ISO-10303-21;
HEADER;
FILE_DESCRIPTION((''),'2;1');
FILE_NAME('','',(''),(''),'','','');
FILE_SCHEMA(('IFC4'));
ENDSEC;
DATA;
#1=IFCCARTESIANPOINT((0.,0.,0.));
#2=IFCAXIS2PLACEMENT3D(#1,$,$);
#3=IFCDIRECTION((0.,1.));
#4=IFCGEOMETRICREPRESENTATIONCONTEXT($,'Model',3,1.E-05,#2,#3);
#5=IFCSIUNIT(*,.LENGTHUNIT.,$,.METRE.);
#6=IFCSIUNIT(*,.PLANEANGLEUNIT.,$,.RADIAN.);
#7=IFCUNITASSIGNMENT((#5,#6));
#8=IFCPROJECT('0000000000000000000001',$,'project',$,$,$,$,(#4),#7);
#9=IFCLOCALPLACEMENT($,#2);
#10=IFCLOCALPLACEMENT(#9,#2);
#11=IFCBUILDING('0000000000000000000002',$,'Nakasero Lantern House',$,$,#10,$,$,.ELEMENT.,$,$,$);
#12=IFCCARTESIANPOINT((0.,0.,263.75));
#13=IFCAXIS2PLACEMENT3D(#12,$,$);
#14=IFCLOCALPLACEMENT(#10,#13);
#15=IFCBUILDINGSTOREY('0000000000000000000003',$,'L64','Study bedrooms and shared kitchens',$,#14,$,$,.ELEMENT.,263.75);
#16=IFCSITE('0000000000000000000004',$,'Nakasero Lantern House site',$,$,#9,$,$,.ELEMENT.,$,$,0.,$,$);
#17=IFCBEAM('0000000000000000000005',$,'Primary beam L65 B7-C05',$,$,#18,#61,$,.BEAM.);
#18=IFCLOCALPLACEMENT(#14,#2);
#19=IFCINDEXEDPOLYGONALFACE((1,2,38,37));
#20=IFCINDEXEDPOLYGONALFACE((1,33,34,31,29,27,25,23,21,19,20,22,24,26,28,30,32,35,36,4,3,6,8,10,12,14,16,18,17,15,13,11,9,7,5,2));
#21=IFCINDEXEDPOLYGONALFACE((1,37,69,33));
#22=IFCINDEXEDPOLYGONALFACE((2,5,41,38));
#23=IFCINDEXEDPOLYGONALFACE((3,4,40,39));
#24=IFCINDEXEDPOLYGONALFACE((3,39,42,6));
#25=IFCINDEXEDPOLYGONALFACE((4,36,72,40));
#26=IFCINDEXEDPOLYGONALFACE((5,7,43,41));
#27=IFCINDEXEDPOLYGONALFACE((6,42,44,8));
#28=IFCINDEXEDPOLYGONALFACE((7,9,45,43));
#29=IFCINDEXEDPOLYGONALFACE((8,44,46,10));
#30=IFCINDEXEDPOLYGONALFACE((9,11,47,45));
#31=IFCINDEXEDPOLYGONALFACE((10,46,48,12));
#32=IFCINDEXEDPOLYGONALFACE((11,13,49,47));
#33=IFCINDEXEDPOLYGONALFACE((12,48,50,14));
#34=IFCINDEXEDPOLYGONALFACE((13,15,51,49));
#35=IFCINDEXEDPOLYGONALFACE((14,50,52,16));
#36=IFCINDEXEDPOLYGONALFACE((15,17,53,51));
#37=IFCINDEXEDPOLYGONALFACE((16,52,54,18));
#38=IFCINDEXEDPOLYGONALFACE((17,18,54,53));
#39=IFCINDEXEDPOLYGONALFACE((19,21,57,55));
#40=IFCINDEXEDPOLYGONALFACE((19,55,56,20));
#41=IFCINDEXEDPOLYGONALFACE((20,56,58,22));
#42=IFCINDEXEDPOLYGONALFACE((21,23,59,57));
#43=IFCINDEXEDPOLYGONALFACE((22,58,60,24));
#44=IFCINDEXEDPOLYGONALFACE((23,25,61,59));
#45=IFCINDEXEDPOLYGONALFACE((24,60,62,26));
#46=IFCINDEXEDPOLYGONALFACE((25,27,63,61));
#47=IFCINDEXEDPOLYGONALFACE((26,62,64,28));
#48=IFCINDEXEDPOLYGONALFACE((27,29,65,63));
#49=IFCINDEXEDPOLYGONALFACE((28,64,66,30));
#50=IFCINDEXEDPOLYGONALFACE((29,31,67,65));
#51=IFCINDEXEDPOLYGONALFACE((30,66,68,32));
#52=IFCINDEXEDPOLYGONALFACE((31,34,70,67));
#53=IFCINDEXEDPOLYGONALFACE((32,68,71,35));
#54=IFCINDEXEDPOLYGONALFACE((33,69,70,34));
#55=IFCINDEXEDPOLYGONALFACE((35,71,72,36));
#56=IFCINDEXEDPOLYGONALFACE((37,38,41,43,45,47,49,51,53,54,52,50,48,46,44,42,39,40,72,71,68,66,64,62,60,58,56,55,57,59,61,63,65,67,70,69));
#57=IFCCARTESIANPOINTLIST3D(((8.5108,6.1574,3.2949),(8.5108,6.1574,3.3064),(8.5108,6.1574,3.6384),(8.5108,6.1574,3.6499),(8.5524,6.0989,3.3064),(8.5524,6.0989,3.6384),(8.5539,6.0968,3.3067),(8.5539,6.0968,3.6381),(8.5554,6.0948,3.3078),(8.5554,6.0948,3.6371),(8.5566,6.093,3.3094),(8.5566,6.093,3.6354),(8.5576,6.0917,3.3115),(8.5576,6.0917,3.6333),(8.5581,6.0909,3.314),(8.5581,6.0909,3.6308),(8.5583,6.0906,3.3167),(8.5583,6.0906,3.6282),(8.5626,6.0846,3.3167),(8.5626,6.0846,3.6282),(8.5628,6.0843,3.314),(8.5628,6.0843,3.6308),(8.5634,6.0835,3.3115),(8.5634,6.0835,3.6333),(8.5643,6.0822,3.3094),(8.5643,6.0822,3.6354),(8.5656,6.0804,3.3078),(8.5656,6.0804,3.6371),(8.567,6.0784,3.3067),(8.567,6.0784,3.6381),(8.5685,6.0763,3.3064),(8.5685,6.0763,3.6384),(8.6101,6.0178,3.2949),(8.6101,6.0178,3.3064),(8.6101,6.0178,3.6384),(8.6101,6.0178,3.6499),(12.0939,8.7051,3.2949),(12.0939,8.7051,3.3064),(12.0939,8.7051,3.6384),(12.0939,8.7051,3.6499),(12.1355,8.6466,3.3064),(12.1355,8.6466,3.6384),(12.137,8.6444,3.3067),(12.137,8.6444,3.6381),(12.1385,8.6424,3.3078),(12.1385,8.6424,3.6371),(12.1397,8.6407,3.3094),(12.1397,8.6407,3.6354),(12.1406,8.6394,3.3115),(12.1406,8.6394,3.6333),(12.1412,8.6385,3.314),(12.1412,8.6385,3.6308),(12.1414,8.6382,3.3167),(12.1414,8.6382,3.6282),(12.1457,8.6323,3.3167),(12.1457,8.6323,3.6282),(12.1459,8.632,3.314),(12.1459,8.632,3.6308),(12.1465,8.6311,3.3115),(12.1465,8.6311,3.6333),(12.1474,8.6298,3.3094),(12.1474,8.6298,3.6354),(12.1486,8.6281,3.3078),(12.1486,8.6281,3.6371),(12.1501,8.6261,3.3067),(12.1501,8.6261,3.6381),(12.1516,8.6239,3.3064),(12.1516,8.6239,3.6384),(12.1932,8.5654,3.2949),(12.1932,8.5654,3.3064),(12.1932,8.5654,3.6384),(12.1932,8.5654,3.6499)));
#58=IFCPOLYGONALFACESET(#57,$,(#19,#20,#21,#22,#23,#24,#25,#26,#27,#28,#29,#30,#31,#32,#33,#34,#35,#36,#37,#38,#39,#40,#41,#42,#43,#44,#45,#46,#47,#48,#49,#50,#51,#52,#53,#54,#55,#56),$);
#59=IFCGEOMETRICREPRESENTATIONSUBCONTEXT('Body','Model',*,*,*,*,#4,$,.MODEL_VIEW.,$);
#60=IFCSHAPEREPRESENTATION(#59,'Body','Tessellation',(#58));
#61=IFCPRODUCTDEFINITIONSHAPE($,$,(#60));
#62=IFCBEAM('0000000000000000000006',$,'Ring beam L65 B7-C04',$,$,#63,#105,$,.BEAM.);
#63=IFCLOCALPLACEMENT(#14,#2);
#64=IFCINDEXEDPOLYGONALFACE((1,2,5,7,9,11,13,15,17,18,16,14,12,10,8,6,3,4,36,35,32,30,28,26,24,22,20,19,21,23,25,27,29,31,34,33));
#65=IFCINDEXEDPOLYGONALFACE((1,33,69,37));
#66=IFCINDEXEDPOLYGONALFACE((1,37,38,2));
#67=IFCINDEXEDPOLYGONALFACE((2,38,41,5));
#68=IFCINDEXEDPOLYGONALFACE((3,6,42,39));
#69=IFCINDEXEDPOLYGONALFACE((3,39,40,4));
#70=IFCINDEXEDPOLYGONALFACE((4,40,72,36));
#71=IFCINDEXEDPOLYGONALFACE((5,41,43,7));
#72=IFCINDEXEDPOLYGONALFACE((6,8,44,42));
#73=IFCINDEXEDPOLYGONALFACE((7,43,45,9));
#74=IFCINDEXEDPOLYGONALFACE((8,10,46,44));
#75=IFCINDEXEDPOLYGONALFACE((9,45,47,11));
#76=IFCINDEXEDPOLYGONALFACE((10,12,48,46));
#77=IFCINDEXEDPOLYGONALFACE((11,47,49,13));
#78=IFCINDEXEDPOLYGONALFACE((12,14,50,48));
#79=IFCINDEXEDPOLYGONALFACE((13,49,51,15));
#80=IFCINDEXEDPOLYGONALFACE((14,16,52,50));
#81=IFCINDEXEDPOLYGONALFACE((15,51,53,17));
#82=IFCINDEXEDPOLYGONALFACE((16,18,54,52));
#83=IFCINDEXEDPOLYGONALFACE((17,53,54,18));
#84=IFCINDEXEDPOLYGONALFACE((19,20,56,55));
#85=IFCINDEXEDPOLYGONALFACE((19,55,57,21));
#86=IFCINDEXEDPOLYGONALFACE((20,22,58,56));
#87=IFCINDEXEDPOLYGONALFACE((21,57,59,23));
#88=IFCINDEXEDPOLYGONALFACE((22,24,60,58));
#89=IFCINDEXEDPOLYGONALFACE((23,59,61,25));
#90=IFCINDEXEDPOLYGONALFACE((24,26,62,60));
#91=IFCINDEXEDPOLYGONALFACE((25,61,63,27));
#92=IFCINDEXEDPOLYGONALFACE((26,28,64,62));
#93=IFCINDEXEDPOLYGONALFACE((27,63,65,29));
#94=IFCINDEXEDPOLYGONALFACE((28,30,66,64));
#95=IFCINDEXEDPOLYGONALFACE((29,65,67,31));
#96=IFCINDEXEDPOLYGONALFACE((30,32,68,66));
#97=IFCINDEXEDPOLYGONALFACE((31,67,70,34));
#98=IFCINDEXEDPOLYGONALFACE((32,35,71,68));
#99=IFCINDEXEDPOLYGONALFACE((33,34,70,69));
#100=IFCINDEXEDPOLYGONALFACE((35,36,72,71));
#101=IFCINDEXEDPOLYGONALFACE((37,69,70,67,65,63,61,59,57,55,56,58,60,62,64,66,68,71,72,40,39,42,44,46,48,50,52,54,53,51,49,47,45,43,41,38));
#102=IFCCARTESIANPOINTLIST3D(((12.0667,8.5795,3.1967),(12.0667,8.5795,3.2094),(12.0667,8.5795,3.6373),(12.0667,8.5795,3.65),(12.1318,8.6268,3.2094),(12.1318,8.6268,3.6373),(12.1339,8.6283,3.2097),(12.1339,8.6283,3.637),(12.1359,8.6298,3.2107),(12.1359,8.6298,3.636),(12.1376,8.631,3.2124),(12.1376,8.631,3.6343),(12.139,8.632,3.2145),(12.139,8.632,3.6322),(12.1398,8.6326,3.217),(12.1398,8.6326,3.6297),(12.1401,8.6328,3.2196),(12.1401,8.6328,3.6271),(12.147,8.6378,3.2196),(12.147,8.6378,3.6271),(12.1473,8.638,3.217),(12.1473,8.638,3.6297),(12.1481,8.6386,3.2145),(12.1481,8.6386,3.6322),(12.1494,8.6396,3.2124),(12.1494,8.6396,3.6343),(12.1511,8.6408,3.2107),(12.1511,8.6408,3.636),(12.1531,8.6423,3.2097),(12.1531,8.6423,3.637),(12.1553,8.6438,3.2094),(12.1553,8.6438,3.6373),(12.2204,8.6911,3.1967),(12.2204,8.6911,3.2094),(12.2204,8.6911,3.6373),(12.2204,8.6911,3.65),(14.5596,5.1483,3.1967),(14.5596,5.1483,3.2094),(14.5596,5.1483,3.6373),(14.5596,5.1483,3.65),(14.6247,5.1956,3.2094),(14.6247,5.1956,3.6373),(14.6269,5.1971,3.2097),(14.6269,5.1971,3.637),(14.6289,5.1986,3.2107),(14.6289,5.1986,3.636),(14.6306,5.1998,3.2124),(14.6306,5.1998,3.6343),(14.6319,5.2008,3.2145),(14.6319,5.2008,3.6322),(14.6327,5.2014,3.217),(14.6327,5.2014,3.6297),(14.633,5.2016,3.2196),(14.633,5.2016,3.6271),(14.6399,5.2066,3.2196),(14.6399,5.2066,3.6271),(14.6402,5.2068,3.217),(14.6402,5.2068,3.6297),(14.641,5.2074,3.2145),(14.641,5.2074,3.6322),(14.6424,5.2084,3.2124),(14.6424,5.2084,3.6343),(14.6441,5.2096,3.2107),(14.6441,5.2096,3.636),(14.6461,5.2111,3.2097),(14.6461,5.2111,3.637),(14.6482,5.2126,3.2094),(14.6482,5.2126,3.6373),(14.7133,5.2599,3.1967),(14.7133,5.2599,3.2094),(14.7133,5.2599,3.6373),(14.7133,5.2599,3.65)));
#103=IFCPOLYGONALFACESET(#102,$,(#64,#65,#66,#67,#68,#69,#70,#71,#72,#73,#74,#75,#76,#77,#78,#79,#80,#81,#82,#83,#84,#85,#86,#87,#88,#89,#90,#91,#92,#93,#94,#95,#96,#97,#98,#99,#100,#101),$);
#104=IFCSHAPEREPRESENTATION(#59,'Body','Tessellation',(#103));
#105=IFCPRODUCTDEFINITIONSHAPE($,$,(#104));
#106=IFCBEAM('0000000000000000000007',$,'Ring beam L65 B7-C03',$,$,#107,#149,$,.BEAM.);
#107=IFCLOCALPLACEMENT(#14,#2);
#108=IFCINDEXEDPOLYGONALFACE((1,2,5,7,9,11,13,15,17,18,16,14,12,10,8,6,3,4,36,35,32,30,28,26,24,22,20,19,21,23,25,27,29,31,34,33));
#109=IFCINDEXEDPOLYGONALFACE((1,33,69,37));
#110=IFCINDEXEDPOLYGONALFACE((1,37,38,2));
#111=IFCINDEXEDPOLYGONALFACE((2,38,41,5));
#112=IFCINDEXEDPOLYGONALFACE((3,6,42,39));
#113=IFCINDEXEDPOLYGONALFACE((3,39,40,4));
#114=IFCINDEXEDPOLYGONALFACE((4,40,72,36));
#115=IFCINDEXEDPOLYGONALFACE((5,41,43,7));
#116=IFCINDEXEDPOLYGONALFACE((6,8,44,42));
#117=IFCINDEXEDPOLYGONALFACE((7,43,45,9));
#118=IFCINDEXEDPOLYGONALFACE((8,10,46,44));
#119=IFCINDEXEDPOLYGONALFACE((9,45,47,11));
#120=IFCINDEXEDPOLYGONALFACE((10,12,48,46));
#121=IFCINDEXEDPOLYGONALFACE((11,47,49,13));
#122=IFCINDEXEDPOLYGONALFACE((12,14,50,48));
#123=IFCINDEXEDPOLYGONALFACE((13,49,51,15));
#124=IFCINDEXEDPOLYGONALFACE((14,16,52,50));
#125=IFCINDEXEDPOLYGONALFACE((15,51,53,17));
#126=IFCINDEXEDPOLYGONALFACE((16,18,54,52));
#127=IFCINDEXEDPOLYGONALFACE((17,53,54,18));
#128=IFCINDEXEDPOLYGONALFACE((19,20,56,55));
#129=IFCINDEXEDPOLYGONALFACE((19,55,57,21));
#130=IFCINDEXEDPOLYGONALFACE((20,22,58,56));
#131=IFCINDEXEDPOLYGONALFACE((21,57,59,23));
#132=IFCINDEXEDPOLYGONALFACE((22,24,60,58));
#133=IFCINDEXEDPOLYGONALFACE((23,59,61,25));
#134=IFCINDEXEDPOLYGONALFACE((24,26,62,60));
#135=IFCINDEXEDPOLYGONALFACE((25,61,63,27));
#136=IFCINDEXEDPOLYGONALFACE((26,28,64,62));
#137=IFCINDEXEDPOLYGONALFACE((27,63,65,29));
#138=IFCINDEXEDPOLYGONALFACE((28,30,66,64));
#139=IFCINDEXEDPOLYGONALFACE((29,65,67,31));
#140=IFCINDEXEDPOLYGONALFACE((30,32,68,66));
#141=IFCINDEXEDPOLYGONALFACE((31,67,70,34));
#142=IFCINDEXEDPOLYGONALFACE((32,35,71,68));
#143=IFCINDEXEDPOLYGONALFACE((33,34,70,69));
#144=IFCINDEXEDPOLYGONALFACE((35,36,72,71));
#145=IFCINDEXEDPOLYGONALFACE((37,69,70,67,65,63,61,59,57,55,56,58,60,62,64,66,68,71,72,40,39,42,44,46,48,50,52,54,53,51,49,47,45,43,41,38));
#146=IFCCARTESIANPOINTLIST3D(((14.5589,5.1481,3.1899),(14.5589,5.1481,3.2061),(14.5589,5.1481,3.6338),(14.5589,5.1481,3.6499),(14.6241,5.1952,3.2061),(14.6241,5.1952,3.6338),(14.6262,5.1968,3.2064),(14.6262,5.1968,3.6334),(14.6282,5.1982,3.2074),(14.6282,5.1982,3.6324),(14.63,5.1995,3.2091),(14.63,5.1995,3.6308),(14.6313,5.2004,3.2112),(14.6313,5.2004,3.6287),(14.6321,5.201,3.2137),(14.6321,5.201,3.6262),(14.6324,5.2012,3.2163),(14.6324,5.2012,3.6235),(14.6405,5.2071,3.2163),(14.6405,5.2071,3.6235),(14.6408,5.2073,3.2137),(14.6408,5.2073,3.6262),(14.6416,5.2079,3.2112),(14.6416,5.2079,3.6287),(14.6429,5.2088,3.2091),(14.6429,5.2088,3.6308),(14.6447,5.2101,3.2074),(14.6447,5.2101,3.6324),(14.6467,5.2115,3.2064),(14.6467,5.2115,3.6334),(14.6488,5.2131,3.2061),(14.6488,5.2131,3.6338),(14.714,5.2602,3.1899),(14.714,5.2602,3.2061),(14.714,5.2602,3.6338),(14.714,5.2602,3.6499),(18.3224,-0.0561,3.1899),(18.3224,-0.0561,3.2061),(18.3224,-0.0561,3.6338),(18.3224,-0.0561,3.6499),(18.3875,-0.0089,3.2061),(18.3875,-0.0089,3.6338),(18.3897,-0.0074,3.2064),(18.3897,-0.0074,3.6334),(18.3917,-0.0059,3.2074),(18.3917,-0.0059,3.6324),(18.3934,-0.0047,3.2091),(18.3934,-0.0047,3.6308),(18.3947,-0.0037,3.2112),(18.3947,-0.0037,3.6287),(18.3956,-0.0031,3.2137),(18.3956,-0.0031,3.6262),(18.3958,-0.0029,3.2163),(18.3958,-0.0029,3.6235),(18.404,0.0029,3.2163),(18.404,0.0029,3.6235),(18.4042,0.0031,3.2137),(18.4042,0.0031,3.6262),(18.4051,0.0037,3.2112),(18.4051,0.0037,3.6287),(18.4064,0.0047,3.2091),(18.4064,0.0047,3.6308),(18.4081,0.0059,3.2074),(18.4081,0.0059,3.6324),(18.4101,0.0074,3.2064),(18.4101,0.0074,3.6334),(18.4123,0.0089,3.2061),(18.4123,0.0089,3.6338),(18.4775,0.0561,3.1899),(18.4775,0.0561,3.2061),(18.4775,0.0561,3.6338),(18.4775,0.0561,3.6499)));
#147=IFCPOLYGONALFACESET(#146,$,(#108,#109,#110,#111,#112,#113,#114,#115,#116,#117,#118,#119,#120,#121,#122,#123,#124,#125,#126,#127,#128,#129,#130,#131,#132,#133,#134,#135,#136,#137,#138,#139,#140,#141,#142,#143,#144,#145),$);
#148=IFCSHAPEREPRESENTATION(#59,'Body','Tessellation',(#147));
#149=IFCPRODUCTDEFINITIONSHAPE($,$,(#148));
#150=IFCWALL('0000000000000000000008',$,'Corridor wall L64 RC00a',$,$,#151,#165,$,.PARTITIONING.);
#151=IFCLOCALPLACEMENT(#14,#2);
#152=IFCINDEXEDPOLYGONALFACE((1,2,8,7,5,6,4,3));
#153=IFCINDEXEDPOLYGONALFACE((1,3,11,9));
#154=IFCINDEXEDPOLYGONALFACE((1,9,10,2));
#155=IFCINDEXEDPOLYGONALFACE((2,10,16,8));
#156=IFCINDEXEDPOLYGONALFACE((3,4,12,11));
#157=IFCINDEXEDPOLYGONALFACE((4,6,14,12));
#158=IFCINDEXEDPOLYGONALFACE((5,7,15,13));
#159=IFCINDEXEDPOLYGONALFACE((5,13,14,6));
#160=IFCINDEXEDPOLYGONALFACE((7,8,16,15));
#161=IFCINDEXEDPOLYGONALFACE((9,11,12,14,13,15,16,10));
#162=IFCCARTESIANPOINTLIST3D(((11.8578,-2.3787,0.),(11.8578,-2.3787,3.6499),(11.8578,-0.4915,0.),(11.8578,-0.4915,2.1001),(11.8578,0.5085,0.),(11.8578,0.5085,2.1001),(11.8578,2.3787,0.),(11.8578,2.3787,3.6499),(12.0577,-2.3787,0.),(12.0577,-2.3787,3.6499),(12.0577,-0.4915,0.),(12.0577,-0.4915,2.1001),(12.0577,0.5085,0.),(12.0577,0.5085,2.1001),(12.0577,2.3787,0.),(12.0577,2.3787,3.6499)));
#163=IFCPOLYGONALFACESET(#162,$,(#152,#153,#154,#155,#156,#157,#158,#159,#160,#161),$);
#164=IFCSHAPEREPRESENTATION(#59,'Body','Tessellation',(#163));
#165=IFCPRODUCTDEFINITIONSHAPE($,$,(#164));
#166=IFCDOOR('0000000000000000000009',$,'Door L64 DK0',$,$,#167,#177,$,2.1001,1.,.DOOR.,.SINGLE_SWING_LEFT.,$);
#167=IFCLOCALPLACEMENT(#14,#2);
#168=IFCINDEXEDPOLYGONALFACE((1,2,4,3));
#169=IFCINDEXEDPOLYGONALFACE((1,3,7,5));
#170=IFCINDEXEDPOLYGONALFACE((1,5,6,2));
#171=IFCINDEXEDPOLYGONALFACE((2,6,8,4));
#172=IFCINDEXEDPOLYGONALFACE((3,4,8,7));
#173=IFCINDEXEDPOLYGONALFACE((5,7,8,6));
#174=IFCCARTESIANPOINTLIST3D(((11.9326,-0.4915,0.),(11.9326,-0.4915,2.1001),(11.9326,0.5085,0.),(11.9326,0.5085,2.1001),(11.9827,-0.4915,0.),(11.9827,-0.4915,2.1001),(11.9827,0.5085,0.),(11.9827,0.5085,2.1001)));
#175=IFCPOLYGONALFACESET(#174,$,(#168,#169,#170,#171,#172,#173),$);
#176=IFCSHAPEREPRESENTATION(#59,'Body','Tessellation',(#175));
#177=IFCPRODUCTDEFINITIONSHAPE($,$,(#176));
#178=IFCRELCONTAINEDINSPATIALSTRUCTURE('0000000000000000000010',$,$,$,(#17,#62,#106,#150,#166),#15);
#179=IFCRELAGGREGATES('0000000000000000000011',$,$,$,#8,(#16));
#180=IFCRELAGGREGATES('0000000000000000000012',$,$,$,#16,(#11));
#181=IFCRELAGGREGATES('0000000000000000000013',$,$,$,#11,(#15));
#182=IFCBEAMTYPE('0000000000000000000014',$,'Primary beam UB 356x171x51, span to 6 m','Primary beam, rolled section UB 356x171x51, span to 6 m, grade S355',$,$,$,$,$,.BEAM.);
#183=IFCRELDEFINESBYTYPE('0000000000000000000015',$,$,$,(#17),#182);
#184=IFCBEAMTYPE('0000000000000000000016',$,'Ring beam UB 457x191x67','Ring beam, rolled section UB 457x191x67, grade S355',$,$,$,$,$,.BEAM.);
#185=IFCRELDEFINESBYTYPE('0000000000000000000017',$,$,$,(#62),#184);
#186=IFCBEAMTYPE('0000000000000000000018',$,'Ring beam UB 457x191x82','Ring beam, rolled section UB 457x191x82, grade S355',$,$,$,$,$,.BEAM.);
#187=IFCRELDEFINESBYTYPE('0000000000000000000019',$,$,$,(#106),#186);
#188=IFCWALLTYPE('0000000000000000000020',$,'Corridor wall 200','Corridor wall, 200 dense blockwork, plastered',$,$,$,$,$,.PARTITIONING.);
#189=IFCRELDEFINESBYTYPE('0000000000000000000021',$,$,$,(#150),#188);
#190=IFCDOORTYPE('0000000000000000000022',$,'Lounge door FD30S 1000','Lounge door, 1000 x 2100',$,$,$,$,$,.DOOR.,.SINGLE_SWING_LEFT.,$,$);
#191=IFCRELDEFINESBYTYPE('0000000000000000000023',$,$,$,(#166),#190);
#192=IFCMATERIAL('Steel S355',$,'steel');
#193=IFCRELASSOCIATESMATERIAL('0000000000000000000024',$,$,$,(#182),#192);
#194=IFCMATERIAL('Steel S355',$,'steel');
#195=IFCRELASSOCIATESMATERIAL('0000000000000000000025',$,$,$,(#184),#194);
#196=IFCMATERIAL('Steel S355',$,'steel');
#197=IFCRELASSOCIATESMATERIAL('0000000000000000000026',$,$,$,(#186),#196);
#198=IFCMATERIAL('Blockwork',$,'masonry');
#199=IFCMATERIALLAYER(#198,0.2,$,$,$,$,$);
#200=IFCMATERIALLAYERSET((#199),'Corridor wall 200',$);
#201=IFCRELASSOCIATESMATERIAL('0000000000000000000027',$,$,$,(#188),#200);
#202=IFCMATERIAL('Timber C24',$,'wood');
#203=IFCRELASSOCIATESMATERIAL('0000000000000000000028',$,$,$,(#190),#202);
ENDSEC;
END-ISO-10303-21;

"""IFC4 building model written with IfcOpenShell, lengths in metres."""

from ifc_helpers import new_model, si_unit, direction, frame, frame_2d, origin, origin_2d, place, context, subcontext, project, spatial, rectangle, i_section, extrude, material, layer, layer_set, material_profile, profile_set, type_object, element, fill, save


model = new_model("IFC4")

# Units and contexts
model_context = context("Model", 3, precision=1e-05, world=origin(), true_north=direction((0.0, 1.0)))
body_context = subcontext(model_context, "Body", "Model", "MODEL_VIEW")
ifc_project = project(units=[si_unit("LENGTHUNIT", "METRE"), si_unit("PLANEANGLEUNIT", "RADIAN")], contexts=[model_context])

# Site, building, storey
site_placement = place(None, origin())
site = spatial("IfcSite", under=ifc_project, at=site_placement, Name="Nakasero Lantern House site", CompositionType="ELEMENT", RefElevation=0.0)
building_placement = place(site_placement, origin())
building = spatial("IfcBuilding", under=site, at=building_placement, Name="Nakasero Lantern House", CompositionType="ELEMENT")
storey_placement = place(building_placement, frame((0.0, 0.0, 263.75)))
storey = spatial("IfcBuildingStorey", under=building, at=storey_placement, Name="L64", Description="Study bedrooms and shared kitchens", CompositionType="ELEMENT", Elevation=263.75)

# Beams
ifc_material_1 = material(Name="Steel S355", Category="steel")
ifc_material_profile_1 = material_profile(ifc_material_1, i_section(OverallWidth=0.1714, OverallDepth=0.355, WebThickness=0.0073, FlangeThickness=0.0115, FilletRadius=0.0103, at=origin_2d()), Name="UB 356x171x51")
ifc_profile_set_1 = profile_set([ifc_material_profile_1], Name="Steel S355")
beam_type_1 = type_object("IfcBeamType", Name="Primary beam UB 356x171x51, span to 6 m", Description="Primary beam, rolled section UB 356x171x51, span to 6 m, grade S355", PredefinedType="BEAM", material=ifc_profile_set_1)
beam_1_placement = place(storey_placement, frame((12.1436, 8.6353, 3.4724), z_axis=(-0.814989, -0.579477, 0.0), x_axis=(0.579477, -0.814989, 0.0)))
element("IfcBeam", 1, at=beam_1_placement, inside=storey, type_object=beam_type_1, Name="Primary beam L65 B7-C05", PredefinedType="BEAM", context=body_context, shape_type="SweptSolid", body=[
    extrude(i_section(OverallWidth=0.1714, OverallDepth=0.355, WebThickness=0.0073, FlangeThickness=0.0115, FilletRadius=0.0103, at=origin_2d()), origin(), (0.0, 0.0, 1.0), 4.3965),
])
ifc_material_2 = material(Name="Steel S355", Category="steel")
ifc_material_profile_2 = material_profile(ifc_material_2, i_section(OverallWidth=0.1899, OverallDepth=0.4534, WebThickness=0.0085, FlangeThickness=0.0127, FilletRadius=0.0103, at=origin_2d()), Name="UB 457x191x67")
ifc_profile_set_2 = profile_set([ifc_material_profile_2], Name="Steel S355")
beam_type_2 = type_object("IfcBeamType", Name="Ring beam UB 457x191x67", Description="Ring beam, rolled section UB 457x191x67, grade S355", PredefinedType="BEAM", material=ifc_profile_set_2)
beam_2_placement = place(storey_placement, frame((14.6365, 5.2041, 3.4233), z_axis=(-0.587792, 0.809012, 0.0), x_axis=(-0.809012, -0.587792, 0.0)))
element("IfcBeam", 2, at=beam_2_placement, inside=storey, type_object=beam_type_2, Name="Ring beam L65 B7-C04", PredefinedType="BEAM", context=body_context, shape_type="SweptSolid", body=[
    extrude(i_section(OverallWidth=0.1899, OverallDepth=0.4534, WebThickness=0.0085, FlangeThickness=0.0127, FilletRadius=0.0103, at=origin_2d()), origin(), (0.0, 0.0, 1.0), 4.2412),
])
ifc_material_3 = material(Name="Steel S355", Category="steel")
ifc_material_profile_3 = material_profile(ifc_material_3, i_section(OverallWidth=0.1914, OverallDepth=0.46, WebThickness=0.01, FlangeThickness=0.0161, FilletRadius=0.0103, at=origin_2d()), Name="UB 457x191x82")
ifc_profile_set_3 = profile_set([ifc_material_profile_3], Name="Steel S355")
beam_type_3 = type_object("IfcBeamType", Name="Ring beam UB 457x191x82", Description="Ring beam, rolled section UB 457x191x82, grade S355", PredefinedType="BEAM", material=ifc_profile_set_3)
beam_3_placement = place(storey_placement, frame((18.3999, 0.0, 3.4199), z_axis=(-0.585993, 0.810316, 0.0), x_axis=(-0.810316, -0.585993, 0.0)))
element("IfcBeam", 3, at=beam_3_placement, inside=storey, type_object=beam_type_3, Name="Ring beam L65 B7-C03", PredefinedType="BEAM", context=body_context, shape_type="SweptSolid", body=[
    extrude(i_section(OverallWidth=0.1914, OverallDepth=0.46, WebThickness=0.01, FlangeThickness=0.0161, FilletRadius=0.0103, at=origin_2d()), origin(), (0.0, 0.0, 1.0), 6.4224),
])

# Wall, opening, door
ifc_material_4 = material(Name="Blockwork", Category="masonry")
ifc_layer_1 = layer(ifc_material_4, 0.2)
ifc_layer_set_1 = layer_set([ifc_layer_1], Name="Corridor wall 200")
wall_type_1 = type_object("IfcWallType", Name="Corridor wall 200", Description="Corridor wall, 200 dense blockwork, plastered", PredefinedType="PARTITIONING", material=ifc_layer_set_1)
wall_1_placement = place(storey_placement, frame((11.9578, 2.3787, 0.0), z_axis=(0.0, 0.0, 1.0), x_axis=(0.0, -1.0, 0.0)))
wall_1 = element("IfcWall", 4, at=wall_1_placement, inside=storey, type_object=wall_type_1, Name="Corridor wall L64 RC00a", PredefinedType="PARTITIONING", context=body_context, shape_type="SweptSolid", body=[
    extrude(rectangle(XDim=4.7573, YDim=0.2, at=frame_2d((2.3787, 0.0))), origin(), (0.0, 0.0, 1.0), 3.6499),
])
opening_1_placement = place(wall_1_placement, frame((1.8701, 0.0, 0.0)))
opening_1 = element("IfcOpeningElement", 5, at=opening_1_placement, cuts=wall_1, PredefinedType="OPENING", context=body_context, shape_type="SweptSolid", body=[
    extrude(rectangle(XDim=1.0, YDim=2.1001, at=frame_2d((0.5, 1.05))), frame((0.0, 0.1199, 0.0), z_axis=(0.0, -1.0, 0.0), x_axis=(1.0, 0.0, 0.0)), (0.0, 0.0, 1.0), 0.24),
])
ifc_material_5 = material(Name="Timber C24", Category="wood")
door_type_1 = type_object("IfcDoorType", Name="Lounge door FD30S 1000", Description="Lounge door, 1000 x 2100", OperationType="SINGLE_SWING_LEFT", PredefinedType="DOOR", material=ifc_material_5)
door_1_placement = place(opening_1_placement, origin())
door_1 = element("IfcDoor", 6, at=door_1_placement, inside=storey, type_object=door_type_1, Name="Door L64 DK0", OperationType="SINGLE_SWING_LEFT", OverallHeight=2.1001, OverallWidth=1.0, PredefinedType="DOOR", context=body_context, shape_type="SweptSolid", body=[
    extrude(rectangle(XDim=1.0, YDim=2.1001, at=frame_2d((0.5, 1.05))), frame((0.0, 0.0249, 0.0), z_axis=(0.0, -1.0, 0.0), x_axis=(1.0, 0.0, 0.0)), (0.0, 0.0, 1.0), 0.05),
])
fill(opening_1, door_1)

save(model, "model.ifc")
